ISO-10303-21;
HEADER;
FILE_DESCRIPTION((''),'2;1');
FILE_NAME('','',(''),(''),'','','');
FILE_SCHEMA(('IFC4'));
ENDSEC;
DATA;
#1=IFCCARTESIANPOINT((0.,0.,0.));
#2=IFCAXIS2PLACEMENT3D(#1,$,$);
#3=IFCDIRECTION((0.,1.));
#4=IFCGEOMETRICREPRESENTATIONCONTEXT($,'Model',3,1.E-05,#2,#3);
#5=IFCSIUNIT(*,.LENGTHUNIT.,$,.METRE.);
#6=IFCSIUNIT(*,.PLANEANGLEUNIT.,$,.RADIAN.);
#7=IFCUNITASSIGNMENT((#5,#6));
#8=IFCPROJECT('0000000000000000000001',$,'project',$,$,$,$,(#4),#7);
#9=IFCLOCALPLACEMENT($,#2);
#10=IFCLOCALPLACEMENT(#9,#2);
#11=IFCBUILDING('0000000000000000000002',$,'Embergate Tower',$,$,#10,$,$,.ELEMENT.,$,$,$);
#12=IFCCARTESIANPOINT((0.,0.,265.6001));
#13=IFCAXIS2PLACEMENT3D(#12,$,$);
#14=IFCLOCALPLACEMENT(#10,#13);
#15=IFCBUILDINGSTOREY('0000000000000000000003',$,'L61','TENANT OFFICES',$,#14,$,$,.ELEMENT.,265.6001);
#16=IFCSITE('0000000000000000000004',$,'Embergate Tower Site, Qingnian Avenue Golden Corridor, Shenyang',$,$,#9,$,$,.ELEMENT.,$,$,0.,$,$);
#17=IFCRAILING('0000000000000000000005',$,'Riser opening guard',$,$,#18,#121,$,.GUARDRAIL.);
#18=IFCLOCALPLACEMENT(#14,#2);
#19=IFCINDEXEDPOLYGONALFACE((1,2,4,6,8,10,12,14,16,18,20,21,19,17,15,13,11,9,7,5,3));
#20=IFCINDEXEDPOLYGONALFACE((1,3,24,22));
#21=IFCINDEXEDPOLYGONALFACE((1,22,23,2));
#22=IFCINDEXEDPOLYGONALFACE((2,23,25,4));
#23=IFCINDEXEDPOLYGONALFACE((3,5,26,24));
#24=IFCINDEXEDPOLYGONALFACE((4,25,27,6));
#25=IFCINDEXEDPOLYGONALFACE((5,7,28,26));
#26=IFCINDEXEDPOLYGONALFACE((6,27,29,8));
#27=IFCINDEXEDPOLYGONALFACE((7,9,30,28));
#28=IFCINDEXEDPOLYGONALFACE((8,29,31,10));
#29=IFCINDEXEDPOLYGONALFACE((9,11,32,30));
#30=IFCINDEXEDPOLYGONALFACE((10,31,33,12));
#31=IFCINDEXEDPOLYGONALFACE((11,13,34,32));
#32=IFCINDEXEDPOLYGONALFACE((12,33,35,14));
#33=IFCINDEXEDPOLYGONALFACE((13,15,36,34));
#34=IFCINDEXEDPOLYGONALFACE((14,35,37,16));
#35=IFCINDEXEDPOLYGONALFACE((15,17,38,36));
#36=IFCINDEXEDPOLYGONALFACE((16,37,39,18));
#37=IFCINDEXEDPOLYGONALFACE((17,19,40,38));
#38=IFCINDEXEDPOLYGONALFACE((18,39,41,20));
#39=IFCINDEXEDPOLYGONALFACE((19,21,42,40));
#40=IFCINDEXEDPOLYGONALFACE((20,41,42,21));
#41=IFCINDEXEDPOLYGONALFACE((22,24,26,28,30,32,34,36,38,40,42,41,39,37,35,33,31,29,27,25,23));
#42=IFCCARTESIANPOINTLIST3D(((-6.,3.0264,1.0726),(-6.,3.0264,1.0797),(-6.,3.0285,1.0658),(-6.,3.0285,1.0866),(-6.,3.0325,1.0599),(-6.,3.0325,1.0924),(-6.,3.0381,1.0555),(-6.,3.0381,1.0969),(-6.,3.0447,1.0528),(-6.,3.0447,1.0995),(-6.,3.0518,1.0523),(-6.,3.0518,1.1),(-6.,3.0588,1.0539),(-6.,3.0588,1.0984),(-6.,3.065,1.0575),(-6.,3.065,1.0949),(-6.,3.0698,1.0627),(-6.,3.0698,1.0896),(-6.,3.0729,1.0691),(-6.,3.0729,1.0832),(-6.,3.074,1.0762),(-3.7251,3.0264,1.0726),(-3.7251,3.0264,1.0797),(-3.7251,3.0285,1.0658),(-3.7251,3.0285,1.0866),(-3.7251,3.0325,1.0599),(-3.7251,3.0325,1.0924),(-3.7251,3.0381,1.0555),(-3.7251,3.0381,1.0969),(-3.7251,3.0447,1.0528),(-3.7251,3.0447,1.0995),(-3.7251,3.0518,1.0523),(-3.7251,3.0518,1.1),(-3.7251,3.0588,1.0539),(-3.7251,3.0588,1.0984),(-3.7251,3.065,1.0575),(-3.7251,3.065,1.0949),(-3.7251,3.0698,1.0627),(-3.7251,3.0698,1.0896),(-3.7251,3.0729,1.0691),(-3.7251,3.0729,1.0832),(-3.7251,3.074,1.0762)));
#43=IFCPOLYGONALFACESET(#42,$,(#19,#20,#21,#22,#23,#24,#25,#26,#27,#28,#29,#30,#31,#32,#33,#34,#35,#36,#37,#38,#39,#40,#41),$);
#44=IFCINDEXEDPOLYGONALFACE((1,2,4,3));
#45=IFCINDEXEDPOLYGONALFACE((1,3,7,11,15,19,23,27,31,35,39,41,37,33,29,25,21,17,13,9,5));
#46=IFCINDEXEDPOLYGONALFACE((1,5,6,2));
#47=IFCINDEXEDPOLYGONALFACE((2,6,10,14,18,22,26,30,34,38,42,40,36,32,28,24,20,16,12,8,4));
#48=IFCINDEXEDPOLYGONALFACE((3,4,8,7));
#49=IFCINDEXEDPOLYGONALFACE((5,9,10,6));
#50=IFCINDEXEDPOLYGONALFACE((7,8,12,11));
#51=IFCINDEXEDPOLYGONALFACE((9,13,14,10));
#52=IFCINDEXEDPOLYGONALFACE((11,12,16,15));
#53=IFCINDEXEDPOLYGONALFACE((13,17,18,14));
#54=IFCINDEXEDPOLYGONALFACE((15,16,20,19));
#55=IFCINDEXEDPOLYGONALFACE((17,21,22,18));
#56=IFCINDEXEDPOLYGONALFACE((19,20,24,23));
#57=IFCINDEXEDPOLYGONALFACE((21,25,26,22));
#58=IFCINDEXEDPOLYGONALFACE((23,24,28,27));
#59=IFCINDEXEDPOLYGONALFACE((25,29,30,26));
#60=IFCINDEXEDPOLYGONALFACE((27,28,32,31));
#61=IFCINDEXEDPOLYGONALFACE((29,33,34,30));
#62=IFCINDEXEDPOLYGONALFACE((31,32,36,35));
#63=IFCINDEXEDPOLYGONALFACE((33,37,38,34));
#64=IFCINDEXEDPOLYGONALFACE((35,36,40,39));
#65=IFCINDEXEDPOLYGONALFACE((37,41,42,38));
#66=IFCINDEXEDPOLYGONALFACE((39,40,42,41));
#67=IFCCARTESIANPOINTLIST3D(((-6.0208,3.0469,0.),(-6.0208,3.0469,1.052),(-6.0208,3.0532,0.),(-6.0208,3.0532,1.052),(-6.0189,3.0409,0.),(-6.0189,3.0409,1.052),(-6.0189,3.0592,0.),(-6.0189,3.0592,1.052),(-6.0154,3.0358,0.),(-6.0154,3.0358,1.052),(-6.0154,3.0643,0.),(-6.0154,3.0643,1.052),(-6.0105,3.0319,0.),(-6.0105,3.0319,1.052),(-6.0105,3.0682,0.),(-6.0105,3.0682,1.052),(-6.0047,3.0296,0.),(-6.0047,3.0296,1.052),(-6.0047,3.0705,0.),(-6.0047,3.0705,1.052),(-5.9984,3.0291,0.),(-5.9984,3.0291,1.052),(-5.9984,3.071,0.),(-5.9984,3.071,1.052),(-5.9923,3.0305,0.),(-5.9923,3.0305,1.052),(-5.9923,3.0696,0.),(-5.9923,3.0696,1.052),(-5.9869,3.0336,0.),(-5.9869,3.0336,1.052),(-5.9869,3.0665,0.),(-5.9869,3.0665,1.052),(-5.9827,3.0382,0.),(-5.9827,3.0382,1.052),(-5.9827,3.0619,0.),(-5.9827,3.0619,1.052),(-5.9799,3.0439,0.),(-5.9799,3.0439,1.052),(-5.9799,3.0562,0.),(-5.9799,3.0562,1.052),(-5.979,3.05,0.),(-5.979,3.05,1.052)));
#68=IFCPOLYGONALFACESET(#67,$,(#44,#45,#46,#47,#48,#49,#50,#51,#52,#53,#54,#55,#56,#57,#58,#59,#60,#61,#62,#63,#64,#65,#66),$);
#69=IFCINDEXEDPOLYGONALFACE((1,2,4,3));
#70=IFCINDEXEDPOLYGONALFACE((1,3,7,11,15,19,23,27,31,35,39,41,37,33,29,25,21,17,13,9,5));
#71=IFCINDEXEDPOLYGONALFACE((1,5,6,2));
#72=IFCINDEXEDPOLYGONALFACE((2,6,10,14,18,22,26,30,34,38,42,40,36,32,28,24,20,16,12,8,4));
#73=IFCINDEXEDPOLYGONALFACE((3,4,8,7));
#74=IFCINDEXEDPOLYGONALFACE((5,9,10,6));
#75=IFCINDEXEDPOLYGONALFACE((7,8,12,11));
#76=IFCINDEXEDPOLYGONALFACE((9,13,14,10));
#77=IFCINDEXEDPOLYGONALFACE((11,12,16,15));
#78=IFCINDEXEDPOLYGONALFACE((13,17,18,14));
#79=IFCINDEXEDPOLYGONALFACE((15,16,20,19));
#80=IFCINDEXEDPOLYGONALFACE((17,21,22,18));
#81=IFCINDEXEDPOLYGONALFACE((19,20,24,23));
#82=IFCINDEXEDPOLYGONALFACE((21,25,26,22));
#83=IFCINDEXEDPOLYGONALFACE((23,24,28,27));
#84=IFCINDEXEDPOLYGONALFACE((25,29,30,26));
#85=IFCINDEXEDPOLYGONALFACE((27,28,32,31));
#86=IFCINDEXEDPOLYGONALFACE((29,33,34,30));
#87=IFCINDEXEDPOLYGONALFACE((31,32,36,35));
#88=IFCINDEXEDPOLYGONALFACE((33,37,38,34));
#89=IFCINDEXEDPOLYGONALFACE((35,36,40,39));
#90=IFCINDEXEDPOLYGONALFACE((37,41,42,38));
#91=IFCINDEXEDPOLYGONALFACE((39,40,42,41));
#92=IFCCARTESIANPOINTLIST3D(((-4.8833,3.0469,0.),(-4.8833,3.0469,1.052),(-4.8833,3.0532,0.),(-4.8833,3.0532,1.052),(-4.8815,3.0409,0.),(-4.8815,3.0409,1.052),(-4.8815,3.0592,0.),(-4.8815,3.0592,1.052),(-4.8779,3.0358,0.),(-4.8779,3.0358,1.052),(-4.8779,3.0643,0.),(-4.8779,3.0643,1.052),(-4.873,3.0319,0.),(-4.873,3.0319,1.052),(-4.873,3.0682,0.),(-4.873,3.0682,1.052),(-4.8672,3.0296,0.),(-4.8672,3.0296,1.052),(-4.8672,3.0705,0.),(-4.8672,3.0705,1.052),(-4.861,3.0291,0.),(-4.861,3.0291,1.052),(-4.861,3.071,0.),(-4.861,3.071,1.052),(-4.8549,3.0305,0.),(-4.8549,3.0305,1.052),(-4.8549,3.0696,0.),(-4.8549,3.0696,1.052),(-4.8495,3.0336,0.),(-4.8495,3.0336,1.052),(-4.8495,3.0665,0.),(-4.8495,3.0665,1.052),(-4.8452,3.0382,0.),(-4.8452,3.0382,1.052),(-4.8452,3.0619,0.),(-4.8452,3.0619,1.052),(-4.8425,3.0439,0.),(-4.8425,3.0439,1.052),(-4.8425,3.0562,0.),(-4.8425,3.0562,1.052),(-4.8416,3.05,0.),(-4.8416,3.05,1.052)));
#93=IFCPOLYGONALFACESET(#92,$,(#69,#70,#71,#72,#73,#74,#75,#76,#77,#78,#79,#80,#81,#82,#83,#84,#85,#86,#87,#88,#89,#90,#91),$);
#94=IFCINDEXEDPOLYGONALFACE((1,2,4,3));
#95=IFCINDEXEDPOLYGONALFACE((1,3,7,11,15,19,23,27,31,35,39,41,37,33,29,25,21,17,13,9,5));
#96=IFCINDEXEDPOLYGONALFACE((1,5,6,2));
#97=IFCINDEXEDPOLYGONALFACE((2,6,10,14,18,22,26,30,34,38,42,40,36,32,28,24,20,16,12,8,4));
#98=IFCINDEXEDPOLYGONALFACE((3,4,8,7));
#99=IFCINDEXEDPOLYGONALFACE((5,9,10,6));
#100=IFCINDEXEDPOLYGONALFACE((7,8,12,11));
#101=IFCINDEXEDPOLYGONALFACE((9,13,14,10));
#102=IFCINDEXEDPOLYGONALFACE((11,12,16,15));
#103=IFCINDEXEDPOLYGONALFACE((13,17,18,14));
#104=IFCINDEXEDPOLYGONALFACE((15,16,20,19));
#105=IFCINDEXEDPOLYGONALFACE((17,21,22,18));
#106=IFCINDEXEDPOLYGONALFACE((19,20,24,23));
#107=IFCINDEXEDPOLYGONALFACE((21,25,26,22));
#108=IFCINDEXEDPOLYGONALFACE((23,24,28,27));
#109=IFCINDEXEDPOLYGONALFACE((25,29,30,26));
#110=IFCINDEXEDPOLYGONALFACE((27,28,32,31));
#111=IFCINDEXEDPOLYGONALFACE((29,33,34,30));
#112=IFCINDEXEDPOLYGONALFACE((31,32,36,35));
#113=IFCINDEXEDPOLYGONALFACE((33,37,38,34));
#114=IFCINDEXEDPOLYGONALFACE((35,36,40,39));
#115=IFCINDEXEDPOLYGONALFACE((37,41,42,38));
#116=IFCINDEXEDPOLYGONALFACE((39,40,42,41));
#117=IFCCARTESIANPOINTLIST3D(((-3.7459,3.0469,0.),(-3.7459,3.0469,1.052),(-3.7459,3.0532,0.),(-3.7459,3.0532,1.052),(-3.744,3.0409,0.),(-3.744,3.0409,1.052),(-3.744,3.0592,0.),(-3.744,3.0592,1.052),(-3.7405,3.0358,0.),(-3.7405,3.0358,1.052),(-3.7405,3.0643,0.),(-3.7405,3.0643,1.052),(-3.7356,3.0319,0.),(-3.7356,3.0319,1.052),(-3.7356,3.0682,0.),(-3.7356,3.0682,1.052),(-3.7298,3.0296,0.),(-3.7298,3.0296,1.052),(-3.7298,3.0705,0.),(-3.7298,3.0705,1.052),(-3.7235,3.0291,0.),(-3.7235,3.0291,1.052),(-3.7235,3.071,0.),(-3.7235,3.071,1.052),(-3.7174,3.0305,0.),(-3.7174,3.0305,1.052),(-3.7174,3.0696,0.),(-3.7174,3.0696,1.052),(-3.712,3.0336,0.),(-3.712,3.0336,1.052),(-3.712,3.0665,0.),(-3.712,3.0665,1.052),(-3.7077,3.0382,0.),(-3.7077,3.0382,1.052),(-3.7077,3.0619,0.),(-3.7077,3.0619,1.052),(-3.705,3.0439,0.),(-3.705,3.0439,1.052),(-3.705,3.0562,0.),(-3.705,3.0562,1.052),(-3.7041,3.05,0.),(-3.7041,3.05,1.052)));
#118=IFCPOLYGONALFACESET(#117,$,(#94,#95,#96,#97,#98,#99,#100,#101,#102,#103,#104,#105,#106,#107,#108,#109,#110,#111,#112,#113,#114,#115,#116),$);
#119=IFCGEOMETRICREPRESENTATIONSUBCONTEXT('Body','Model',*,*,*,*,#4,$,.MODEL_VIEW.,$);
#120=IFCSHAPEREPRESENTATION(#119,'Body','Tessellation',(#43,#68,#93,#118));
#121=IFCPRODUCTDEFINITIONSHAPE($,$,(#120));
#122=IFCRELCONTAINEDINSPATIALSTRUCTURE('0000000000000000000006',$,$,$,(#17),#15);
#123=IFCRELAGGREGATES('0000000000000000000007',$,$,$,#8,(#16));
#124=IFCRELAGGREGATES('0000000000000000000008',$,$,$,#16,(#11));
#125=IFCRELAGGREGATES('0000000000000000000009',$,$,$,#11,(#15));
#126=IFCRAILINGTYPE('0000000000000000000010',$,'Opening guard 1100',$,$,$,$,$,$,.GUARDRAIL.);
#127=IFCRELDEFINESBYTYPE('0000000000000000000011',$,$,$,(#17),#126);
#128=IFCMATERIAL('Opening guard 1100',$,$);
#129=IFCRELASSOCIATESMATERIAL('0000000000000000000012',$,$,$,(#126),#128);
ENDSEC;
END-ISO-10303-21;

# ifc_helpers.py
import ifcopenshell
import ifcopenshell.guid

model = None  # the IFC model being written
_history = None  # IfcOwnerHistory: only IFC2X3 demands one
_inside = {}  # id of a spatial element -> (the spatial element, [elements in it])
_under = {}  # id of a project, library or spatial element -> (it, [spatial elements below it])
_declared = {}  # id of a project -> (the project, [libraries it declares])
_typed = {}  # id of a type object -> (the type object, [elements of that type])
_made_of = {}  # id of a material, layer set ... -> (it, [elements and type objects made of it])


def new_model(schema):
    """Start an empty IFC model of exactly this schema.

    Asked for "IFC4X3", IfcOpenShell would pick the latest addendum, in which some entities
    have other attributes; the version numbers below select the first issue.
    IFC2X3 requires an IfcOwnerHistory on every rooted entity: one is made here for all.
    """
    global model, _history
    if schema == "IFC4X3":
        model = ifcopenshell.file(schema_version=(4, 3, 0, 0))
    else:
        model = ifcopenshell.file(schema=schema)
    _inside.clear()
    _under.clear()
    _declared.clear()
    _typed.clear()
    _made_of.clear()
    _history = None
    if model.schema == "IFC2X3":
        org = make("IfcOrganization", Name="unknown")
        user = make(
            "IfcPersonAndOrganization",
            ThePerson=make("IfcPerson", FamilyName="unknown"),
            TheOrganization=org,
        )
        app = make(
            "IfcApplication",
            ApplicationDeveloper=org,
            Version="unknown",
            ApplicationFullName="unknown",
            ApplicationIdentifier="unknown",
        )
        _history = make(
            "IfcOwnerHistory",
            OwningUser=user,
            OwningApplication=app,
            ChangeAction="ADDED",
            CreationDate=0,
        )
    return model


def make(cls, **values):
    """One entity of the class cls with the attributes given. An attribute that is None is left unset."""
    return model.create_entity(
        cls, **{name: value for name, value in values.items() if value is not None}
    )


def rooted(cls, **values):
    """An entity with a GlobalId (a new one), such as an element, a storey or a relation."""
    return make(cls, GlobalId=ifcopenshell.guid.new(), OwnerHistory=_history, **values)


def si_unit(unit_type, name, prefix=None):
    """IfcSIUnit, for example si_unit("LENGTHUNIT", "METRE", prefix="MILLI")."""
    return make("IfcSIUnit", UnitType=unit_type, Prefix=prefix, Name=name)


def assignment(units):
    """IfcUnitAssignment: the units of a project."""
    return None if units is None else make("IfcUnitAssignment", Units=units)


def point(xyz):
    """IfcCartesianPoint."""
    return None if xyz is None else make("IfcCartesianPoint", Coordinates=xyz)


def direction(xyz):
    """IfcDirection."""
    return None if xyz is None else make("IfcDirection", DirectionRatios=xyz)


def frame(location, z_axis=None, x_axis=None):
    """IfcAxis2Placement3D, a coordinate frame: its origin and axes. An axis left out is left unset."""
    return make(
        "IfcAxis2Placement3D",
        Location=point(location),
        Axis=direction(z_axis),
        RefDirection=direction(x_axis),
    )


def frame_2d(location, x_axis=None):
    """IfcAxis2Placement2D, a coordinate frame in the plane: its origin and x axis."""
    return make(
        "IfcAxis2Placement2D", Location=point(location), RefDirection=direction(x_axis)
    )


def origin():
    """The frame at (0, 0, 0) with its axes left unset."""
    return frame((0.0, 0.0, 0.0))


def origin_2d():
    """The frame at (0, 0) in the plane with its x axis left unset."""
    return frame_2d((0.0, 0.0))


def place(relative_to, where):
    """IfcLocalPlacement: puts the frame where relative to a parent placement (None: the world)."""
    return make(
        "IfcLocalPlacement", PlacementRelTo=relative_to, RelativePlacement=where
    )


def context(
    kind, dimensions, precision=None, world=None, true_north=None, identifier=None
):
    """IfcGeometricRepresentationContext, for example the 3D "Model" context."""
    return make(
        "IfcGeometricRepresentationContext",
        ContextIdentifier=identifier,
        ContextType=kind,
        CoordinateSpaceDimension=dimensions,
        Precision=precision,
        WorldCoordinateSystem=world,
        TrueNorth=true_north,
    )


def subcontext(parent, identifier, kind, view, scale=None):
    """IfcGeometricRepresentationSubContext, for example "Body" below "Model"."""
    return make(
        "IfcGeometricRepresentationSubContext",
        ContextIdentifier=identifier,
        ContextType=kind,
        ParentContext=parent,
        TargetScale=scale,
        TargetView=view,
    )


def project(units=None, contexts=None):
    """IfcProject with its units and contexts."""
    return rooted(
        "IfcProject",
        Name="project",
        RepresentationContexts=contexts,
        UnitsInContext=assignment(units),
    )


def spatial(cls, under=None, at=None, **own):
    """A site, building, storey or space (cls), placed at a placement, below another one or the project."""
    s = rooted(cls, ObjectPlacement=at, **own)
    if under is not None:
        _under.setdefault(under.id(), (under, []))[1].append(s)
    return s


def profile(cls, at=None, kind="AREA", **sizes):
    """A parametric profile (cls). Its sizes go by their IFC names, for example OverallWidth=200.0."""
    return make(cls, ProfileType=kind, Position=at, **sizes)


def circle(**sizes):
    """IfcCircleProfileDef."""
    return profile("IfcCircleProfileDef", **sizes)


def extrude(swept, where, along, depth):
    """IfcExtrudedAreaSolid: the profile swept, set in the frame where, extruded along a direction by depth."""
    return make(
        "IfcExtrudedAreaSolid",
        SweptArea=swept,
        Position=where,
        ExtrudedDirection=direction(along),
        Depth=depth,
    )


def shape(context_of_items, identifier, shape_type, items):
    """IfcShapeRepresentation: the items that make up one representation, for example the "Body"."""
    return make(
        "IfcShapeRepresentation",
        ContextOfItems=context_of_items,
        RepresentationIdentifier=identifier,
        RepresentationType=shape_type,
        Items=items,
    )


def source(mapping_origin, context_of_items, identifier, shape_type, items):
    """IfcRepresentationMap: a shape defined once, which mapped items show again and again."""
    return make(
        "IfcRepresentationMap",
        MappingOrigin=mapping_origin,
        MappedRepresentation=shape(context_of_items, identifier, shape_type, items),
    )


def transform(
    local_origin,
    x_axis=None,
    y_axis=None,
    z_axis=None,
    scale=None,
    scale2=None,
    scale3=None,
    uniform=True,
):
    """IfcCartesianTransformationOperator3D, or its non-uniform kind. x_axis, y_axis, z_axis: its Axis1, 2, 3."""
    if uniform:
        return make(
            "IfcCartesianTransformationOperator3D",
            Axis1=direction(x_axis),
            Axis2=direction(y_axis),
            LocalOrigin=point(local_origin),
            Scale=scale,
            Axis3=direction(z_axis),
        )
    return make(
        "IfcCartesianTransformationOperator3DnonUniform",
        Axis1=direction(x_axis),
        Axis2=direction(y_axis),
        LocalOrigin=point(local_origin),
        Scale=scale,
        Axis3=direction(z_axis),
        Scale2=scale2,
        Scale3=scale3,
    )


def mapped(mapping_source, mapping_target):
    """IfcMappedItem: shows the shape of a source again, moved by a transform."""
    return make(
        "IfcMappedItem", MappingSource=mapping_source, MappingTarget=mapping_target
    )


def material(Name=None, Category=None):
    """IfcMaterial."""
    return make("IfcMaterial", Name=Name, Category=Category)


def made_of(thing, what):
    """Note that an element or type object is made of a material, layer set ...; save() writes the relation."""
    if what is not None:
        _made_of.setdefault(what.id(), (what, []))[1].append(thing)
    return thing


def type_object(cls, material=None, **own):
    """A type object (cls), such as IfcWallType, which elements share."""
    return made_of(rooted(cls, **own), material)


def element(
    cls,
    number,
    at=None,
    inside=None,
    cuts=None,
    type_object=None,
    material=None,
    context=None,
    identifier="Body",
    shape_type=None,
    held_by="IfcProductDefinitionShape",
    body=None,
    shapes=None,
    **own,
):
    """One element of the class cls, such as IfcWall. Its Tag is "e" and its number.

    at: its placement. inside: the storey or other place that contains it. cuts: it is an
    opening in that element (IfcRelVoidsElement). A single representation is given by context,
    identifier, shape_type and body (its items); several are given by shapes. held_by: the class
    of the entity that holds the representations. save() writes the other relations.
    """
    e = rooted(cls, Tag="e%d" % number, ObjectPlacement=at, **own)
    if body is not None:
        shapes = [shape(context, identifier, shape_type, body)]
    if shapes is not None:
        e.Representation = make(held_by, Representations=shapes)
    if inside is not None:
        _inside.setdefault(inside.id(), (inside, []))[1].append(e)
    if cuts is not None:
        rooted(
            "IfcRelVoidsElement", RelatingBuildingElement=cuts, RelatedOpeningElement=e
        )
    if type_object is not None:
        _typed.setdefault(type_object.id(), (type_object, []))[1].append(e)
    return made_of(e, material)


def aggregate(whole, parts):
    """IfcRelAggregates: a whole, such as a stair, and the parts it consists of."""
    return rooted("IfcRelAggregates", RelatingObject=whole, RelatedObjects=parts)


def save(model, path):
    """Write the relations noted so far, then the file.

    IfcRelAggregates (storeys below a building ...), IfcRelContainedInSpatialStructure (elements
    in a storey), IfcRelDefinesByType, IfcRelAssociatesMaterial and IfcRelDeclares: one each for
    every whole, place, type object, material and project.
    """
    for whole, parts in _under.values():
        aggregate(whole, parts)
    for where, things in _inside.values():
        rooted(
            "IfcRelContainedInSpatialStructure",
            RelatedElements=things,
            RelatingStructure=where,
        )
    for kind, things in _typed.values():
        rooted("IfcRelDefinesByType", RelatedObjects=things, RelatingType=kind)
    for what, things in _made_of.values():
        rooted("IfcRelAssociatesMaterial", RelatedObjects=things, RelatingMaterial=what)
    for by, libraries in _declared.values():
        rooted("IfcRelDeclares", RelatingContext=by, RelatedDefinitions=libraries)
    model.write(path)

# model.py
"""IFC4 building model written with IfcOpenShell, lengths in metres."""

from ifc_helpers import new_model, si_unit, direction, frame, origin, origin_2d, place, context, subcontext, project, spatial, circle, extrude, source, transform, mapped, material, type_object, element, save


model = new_model("IFC4")

# Units and contexts
model_context = context("Model", 3, precision=1e-05, world=origin(), true_north=direction((0.0, 1.0)))
body_context = subcontext(model_context, "Body", "Model", "MODEL_VIEW")
ifc_project = project(units=[si_unit("LENGTHUNIT", "METRE"), si_unit("PLANEANGLEUNIT", "RADIAN")], contexts=[model_context])

# Site, building, storey
site_placement = place(None, origin())
site = spatial("IfcSite", under=ifc_project, at=site_placement, Name="Embergate Tower Site, Qingnian Avenue Golden Corridor, Shenyang", CompositionType="ELEMENT", RefElevation=0.0)
building_placement = place(site_placement, origin())
building = spatial("IfcBuilding", under=site, at=building_placement, Name="Embergate Tower", CompositionType="ELEMENT")
storey_placement = place(building_placement, frame((0.0, 0.0, 265.6001)))
storey = spatial("IfcBuildingStorey", under=building, at=storey_placement, Name="L61", Description="TENANT OFFICES", CompositionType="ELEMENT", Elevation=265.6001)

# Railing
ifc_material_1 = material(Name="Opening guard 1100")
railing_type = type_object("IfcRailingType", Name="Opening guard 1100", PredefinedType="GUARDRAIL", material=ifc_material_1)
shared_shape_1 = source(origin(), body_context, "Body", "SweptSolid", [
    extrude(circle(Radius=0.0239, at=origin_2d()), frame((0.0, 0.0, 1.0762), z_axis=(1.0, 0.0, 0.0), x_axis=(0.0, 1.0, 0.0)), (0.0, 0.0, 1.0), 2.2749),
    extrude(circle(Radius=0.021, at=origin_2d()), origin(), (0.0, 0.0, 1.0), 1.052),
    extrude(circle(Radius=0.021, at=origin_2d()), frame((1.1375, 0.0, 0.0)), (0.0, 0.0, 1.0), 1.052),
    extrude(circle(Radius=0.021, at=origin_2d()), frame((2.2749, 0.0, 0.0)), (0.0, 0.0, 1.0), 1.052),
])
railing_1_placement = place(storey_placement, frame((-6.0, 3.05, 0.0)))
element("IfcRailing", 1, at=railing_1_placement, inside=storey, type_object=railing_type, Name="Riser opening guard", PredefinedType="GUARDRAIL", context=body_context, shape_type="MappedRepresentation", body=[
    mapped(shared_shape_1, transform((0.0, 0.0, 0.0))),
])

save(model, "model.ifc")
